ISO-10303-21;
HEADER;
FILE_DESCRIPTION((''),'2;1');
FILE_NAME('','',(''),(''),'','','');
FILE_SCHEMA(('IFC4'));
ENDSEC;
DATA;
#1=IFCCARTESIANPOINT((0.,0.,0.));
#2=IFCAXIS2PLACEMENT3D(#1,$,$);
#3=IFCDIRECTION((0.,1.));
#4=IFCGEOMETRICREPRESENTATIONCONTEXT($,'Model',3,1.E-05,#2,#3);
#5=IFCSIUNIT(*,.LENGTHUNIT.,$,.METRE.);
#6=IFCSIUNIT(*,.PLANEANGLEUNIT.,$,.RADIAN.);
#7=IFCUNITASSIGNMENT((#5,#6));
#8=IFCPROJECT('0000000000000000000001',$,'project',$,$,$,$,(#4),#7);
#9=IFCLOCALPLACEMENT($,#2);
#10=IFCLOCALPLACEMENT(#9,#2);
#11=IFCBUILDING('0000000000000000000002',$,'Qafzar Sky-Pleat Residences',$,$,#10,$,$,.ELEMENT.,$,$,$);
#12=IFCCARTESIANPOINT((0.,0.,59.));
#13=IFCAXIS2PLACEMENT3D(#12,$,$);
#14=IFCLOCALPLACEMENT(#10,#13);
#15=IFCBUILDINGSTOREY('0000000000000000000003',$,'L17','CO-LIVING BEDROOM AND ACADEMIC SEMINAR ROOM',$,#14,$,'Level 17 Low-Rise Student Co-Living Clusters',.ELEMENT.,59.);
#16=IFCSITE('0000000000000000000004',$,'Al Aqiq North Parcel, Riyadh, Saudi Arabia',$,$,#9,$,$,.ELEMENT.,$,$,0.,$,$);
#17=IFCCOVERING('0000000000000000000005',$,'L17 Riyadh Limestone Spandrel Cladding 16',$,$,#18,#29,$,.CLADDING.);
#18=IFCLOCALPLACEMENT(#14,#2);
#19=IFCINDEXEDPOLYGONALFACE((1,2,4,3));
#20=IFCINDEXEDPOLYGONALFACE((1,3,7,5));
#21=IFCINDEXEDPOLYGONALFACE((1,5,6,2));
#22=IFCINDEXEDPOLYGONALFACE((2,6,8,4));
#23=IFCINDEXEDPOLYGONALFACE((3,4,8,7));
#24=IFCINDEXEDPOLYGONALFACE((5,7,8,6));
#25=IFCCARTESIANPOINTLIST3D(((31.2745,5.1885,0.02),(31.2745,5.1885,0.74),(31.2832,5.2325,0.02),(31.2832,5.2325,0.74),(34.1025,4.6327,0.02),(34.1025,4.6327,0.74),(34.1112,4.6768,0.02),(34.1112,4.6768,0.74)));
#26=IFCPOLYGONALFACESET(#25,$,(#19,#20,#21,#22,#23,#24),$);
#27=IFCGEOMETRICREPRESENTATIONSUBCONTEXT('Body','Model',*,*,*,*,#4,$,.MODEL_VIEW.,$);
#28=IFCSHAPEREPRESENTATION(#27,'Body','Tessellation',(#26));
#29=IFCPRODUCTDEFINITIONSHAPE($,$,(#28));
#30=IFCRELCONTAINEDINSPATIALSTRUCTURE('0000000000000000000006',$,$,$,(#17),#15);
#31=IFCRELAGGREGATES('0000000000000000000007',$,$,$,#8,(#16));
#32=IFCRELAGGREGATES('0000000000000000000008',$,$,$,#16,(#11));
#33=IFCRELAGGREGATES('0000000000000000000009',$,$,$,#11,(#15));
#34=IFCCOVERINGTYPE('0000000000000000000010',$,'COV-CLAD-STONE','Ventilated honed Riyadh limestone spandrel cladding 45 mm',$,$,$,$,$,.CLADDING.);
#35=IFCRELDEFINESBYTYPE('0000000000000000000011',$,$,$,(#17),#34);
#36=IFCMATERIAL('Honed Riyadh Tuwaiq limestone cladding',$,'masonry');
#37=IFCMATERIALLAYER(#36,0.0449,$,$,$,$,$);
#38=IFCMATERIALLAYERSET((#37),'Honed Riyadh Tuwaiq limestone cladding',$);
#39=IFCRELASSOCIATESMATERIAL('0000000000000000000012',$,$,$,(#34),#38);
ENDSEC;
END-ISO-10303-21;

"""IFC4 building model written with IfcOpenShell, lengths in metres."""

from ifc_helpers import new_model, si_unit, direction, frame, origin, origin_2d, place, context, subcontext, project, spatial, rectangle, extrude, source, transform, mapped, material, layer, layer_set, type_object, element, save


model = new_model("IFC4")

# Units and contexts
model_context = context("Model", 3, precision=1e-05, world=origin(), true_north=direction((0.0, 1.0)))
body_context = subcontext(model_context, "Body", "Model", "MODEL_VIEW")
ifc_project = project(units=[si_unit("LENGTHUNIT", "METRE"), si_unit("PLANEANGLEUNIT", "RADIAN")], contexts=[model_context])

# Site, building, storey
site_placement = place(None, origin())
site = spatial("IfcSite", under=ifc_project, at=site_placement, Name="Al Aqiq North Parcel, Riyadh, Saudi Arabia", CompositionType="ELEMENT", RefElevation=0.0)
building_placement = place(site_placement, origin())
building = spatial("IfcBuilding", under=site, at=building_placement, Name="Qafzar Sky-Pleat Residences", CompositionType="ELEMENT")
storey_placement = place(building_placement, frame((0.0, 0.0, 59.0)))
storey = spatial("IfcBuildingStorey", under=building, at=storey_placement, Name="L17", Description="CO-LIVING BEDROOM AND ACADEMIC SEMINAR ROOM", LongName="Level 17 Low-Rise Student Co-Living Clusters", CompositionType="ELEMENT", Elevation=59.0)

# Covering
ifc_material_1 = material(Name="Honed Riyadh Tuwaiq limestone cladding", Category="masonry")
ifc_layer_1 = layer(ifc_material_1, 0.0449)
ifc_layer_set_1 = layer_set([ifc_layer_1], Name="Honed Riyadh Tuwaiq limestone cladding")
covering_type = type_object("IfcCoveringType", Name="COV-CLAD-STONE", Description="Ventilated honed Riyadh limestone spandrel cladding 45 mm", PredefinedType="CLADDING", material=ifc_layer_set_1)
shared_shape_1 = source(origin(), body_context, "Body", "SweptSolid", [
    extrude(rectangle(XDim=2.8821, YDim=0.0449, at=origin_2d()), origin(), (0.0, 0.0, 1.0), 0.72),
])
covering_1_placement = place(storey_placement, frame((32.6929, 4.9326, 0.02), z_axis=(0.0, 0.0, 1.0), x_axis=(0.981232, -0.19283, 0.0)))
element("IfcCovering", 1, at=covering_1_placement, inside=storey, type_object=covering_type, Name="L17 Riyadh Limestone Spandrel Cladding 16", PredefinedType="CLADDING", context=body_context, shape_type="MappedRepresentation", body=[
    mapped(shared_shape_1, transform((0.0, 0.0, 0.0), x_axis=(1.0, 0.0, 0.0), y_axis=(0.0, 1.0, 0.0), z_axis=(0.0, 0.0, 1.0), scale=1.0)),
])

save(model, "model.ifc")
